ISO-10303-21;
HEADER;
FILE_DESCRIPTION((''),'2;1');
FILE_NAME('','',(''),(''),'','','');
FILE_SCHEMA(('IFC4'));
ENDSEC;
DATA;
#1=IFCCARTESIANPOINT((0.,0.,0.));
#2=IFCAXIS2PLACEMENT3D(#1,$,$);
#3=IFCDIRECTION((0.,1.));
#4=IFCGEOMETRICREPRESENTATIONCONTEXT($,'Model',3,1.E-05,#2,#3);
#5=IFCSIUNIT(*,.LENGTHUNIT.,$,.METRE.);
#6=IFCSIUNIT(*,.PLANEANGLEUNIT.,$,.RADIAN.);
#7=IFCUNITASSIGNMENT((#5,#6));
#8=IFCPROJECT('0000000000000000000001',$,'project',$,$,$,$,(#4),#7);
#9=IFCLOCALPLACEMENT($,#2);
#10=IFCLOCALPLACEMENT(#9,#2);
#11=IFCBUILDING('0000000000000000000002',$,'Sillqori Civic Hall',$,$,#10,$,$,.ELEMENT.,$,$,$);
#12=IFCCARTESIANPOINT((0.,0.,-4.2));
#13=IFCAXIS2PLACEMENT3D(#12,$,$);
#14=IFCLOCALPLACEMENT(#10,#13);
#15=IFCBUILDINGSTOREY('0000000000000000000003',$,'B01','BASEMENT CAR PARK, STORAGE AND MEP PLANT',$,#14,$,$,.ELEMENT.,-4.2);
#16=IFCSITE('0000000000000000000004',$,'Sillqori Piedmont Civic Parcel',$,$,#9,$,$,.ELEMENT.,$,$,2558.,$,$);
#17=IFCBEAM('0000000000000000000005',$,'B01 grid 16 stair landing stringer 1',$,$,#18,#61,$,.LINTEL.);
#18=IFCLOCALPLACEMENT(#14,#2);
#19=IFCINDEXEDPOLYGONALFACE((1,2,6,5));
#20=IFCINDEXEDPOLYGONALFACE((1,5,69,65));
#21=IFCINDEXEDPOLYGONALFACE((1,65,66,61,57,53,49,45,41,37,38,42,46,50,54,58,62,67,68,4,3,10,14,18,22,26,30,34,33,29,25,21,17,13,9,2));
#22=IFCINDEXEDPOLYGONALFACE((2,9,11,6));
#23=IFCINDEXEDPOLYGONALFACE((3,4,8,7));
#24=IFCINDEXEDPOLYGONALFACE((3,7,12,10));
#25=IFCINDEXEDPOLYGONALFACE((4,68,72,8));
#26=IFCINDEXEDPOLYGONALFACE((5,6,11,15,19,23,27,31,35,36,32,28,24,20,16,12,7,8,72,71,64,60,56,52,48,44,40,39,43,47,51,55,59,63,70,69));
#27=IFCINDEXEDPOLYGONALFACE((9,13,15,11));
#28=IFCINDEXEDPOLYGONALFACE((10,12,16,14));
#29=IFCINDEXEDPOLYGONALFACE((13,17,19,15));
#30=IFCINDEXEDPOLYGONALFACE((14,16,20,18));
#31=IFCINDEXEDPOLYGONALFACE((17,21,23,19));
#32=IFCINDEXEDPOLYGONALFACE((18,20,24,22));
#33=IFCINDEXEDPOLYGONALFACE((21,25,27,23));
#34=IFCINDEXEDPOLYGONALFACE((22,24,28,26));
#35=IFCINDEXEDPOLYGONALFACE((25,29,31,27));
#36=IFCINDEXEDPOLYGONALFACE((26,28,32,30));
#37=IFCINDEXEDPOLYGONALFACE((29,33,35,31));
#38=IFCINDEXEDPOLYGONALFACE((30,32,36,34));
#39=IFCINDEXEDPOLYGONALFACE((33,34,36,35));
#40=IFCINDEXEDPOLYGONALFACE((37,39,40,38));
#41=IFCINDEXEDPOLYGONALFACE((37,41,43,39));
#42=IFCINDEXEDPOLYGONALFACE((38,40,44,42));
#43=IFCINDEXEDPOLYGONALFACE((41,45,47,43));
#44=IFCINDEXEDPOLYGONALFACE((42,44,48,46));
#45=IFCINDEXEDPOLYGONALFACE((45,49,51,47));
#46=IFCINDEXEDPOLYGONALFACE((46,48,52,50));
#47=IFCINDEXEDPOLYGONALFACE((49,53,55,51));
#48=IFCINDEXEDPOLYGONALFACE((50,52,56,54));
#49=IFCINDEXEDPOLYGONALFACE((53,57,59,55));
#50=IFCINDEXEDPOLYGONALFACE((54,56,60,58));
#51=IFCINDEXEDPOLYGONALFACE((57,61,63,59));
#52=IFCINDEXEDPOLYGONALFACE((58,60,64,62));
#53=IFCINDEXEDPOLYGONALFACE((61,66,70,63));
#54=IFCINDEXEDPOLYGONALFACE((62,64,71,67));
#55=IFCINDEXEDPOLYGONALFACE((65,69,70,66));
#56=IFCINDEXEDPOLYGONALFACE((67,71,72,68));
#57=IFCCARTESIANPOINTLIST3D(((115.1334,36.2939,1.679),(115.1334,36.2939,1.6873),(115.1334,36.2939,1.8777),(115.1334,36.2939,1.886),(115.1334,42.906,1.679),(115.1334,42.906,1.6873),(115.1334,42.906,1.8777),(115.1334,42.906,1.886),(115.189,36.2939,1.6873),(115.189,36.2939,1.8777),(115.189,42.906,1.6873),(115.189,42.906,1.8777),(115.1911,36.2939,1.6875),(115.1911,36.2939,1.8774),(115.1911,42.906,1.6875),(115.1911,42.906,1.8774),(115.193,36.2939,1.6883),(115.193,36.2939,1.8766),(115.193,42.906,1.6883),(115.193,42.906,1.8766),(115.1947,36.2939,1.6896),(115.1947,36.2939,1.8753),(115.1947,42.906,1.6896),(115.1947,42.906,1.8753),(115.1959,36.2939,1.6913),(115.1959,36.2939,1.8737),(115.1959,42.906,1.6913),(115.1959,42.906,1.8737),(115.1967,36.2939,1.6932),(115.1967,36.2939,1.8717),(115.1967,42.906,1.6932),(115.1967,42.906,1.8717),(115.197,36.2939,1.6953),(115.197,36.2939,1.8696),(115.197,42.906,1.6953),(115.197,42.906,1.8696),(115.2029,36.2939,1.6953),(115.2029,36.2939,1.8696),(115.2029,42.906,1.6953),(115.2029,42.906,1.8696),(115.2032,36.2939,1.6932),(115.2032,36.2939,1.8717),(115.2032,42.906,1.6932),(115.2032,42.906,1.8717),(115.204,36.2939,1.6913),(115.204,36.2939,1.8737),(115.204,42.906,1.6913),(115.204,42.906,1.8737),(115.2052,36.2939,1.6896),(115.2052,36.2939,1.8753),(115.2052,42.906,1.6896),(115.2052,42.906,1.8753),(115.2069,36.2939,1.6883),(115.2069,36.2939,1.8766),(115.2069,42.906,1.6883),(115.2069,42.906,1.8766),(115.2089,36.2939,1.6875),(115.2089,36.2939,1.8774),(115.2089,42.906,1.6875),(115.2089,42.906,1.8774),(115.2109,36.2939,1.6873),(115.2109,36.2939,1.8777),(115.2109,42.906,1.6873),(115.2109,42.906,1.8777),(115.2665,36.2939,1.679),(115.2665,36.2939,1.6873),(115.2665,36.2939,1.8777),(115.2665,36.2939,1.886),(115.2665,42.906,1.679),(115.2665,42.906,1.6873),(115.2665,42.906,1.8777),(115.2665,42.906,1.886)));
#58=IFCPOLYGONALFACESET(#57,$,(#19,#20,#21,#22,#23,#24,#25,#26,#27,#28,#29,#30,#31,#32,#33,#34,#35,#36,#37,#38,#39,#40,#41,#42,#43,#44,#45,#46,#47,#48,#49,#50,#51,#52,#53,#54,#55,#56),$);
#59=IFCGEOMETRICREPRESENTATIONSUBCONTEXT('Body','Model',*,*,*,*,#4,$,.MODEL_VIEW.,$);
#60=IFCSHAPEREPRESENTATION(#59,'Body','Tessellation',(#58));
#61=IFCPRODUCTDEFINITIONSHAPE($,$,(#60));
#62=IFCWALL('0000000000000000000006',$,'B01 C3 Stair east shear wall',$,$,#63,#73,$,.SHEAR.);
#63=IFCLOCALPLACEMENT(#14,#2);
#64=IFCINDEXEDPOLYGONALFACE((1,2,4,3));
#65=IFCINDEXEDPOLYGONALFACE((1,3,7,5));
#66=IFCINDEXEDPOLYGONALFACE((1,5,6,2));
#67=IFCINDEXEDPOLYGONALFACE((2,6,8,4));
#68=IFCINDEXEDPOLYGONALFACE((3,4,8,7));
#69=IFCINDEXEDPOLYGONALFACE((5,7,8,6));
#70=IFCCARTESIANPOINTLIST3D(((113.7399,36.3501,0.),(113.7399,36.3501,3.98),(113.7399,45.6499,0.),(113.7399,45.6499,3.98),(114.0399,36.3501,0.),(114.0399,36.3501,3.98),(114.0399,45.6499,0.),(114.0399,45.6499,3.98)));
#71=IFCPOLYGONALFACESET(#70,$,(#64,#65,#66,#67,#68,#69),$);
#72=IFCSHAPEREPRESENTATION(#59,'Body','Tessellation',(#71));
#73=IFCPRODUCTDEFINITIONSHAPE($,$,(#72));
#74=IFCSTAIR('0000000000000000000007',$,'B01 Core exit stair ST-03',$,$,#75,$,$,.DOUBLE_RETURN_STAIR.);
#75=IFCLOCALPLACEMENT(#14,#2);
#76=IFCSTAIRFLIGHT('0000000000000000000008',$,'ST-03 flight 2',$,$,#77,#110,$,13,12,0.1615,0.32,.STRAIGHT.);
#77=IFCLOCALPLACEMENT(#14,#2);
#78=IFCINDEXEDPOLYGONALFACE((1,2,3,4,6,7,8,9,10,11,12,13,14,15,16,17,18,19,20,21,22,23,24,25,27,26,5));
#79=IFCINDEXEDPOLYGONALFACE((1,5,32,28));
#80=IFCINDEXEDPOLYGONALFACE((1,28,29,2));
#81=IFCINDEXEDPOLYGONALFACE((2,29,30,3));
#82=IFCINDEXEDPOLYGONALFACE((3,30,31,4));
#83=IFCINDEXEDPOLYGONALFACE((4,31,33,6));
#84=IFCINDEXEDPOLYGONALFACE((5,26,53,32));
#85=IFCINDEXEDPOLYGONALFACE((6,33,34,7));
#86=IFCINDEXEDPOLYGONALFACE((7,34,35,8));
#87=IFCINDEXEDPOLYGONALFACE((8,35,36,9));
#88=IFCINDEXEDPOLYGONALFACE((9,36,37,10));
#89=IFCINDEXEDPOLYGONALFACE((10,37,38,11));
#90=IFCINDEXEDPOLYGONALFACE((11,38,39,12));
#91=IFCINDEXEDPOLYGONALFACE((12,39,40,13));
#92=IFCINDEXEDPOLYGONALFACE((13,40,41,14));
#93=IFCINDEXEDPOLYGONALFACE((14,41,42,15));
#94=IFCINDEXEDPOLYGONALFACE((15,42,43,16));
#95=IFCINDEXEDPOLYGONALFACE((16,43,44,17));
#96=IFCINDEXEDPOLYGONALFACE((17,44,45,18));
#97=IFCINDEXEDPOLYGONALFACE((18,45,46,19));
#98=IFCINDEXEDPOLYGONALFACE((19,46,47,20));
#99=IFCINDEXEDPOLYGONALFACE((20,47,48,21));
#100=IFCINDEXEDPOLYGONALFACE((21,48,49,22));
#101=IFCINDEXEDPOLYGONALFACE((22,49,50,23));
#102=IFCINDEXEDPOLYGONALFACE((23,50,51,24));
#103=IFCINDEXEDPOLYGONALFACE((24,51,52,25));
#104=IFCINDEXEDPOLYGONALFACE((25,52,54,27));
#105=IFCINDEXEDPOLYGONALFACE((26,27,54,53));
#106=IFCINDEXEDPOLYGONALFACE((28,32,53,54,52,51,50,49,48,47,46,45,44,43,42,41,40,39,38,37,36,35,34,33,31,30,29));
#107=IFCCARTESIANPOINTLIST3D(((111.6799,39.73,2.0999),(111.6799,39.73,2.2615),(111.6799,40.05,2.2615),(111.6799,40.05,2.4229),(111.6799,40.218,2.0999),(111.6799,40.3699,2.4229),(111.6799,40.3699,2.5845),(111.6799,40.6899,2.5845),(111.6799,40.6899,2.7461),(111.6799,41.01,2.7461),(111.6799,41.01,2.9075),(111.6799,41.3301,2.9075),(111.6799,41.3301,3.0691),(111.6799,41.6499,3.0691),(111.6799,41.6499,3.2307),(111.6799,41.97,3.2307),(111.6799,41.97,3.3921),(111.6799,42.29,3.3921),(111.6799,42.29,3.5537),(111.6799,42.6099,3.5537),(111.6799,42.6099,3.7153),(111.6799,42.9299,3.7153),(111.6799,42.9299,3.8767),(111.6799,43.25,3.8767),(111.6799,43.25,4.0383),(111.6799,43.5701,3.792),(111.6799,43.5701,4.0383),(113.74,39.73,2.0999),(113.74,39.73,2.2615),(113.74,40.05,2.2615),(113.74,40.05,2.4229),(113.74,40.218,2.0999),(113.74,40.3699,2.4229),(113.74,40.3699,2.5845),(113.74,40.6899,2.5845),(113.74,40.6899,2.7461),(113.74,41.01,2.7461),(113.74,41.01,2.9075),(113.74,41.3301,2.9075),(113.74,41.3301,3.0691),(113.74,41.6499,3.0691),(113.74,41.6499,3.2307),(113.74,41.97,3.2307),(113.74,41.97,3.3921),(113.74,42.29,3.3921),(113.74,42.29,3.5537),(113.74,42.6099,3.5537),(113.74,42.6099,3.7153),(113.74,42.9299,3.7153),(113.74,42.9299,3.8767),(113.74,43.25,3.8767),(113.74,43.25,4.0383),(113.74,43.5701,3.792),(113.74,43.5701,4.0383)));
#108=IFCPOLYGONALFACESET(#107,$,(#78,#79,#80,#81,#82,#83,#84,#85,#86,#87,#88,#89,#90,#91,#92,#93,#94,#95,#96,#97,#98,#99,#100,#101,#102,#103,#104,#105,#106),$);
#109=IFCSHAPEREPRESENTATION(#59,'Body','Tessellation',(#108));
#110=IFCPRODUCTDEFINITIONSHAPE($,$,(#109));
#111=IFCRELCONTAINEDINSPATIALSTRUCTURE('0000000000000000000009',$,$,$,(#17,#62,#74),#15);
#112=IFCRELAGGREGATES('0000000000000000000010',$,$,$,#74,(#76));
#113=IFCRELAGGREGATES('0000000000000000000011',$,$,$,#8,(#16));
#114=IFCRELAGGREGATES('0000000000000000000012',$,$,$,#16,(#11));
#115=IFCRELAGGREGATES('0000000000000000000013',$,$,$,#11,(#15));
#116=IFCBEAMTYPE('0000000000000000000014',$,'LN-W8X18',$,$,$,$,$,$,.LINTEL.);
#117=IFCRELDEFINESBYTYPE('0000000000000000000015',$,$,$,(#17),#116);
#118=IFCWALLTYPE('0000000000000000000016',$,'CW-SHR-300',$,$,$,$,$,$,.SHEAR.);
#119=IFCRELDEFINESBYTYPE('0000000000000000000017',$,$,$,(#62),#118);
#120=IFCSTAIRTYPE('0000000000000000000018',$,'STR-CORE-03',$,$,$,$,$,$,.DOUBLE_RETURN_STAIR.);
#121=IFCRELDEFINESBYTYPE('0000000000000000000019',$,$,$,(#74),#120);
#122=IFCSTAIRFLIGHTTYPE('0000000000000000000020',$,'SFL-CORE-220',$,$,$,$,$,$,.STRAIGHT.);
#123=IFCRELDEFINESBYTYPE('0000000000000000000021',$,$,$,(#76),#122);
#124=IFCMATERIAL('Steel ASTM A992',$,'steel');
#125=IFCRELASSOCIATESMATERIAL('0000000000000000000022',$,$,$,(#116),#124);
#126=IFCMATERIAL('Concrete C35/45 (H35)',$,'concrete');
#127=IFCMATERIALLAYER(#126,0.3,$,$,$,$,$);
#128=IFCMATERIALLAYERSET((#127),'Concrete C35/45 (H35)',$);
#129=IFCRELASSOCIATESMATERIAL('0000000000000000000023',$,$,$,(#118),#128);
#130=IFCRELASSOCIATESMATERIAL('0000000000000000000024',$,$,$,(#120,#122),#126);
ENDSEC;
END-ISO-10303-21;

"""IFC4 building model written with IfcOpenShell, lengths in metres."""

from ifc_helpers import new_model, si_unit, direction, frame, frame_2d, origin, origin_2d, place, context, subcontext, project, spatial, polyline, rectangle, i_section, outline, extrude, material, layer, layer_set, material_profile, profile_set, type_object, element, aggregate, save


model = new_model("IFC4")

# Units and contexts
model_context = context("Model", 3, precision=1e-05, world=origin(), true_north=direction((0.0, 1.0)))
body_context = subcontext(model_context, "Body", "Model", "MODEL_VIEW")
ifc_project = project(units=[si_unit("LENGTHUNIT", "METRE"), si_unit("PLANEANGLEUNIT", "RADIAN")], contexts=[model_context])

# Site, building, storey
site_placement = place(None, origin())
site = spatial("IfcSite", under=ifc_project, at=site_placement, Name="Sillqori Piedmont Civic Parcel", CompositionType="ELEMENT", RefElevation=2558.0)
building_placement = place(site_placement, origin())
building = spatial("IfcBuilding", under=site, at=building_placement, Name="Sillqori Civic Hall", CompositionType="ELEMENT")
storey_placement = place(building_placement, frame((0.0, 0.0, -4.2)))
storey = spatial("IfcBuildingStorey", under=building, at=storey_placement, Name="B01", Description="BASEMENT CAR PARK, STORAGE AND MEP PLANT", CompositionType="ELEMENT", Elevation=-4.2)

# Shared definitions
ifc_material_1 = material(Name="Concrete C35/45 (H35)", Category="concrete")

# Beam
ifc_material_2 = material(Name="Steel ASTM A992", Category="steel")
ifc_material_profile_1 = material_profile(ifc_material_2, i_section(OverallWidth=0.1331, OverallDepth=0.207, WebThickness=0.0059, FlangeThickness=0.0083, FilletRadius=0.0081, at=origin_2d()), Name="W8X18")
ifc_profile_set_1 = profile_set([ifc_material_profile_1], Name="Steel ASTM A992")
beam_type_1 = type_object("IfcBeamType", Name="LN-W8X18", PredefinedType="LINTEL", material=ifc_profile_set_1)
beam_1_placement = place(storey_placement, frame((115.2, 36.2939, 1.7825), z_axis=(0.0, 1.0, 0.0), x_axis=(-1.0, 0.0, 0.0)))
element("IfcBeam", 1, at=beam_1_placement, inside=storey, type_object=beam_type_1, Name="B01 grid 16 stair landing stringer 1", PredefinedType="LINTEL", context=body_context, shape_type="SweptSolid", body=[
    extrude(i_section(OverallWidth=0.1331, OverallDepth=0.207, WebThickness=0.0059, FlangeThickness=0.0083, FilletRadius=0.0081, at=origin_2d()), origin(), (0.0, 0.0, 1.0), 6.6121),
])

# Wall
ifc_layer_1 = layer(ifc_material_1, 0.3)
ifc_layer_set_1 = layer_set([ifc_layer_1], Name="Concrete C35/45 (H35)")
wall_type = type_object("IfcWallType", Name="CW-SHR-300", PredefinedType="SHEAR", material=ifc_layer_set_1)
wall_placement = place(storey_placement, frame((113.8899, 36.3501, 0.0), z_axis=(0.0, 0.0, 1.0), x_axis=(0.0, 1.0, 0.0)))
element("IfcWall", 2, at=wall_placement, inside=storey, type_object=wall_type, Name="B01 C3 Stair east shear wall", PredefinedType="SHEAR", context=body_context, shape_type="SweptSolid", body=[
    extrude(rectangle(XDim=9.2998, YDim=0.3, at=frame_2d((4.6499, 0.0))), origin(), (0.0, 0.0, 1.0), 3.98),
])

# Stair, stair flight
stair_type = type_object("IfcStairType", Name="STR-CORE-03", PredefinedType="DOUBLE_RETURN_STAIR", material=ifc_material_1)
stair_placement = place(storey_placement, origin())
stair = element("IfcStair", 3, at=stair_placement, inside=storey, type_object=stair_type, Name="B01 Core exit stair ST-03", PredefinedType="DOUBLE_RETURN_STAIR")
stair_flight_type = type_object("IfcStairFlightType", Name="SFL-CORE-220", PredefinedType="STRAIGHT", material=ifc_material_1)
stair_flight_placement = place(storey_placement, frame((112.71, 39.73, 2.0999), z_axis=(0.0, 0.0, 1.0), x_axis=(0.0, 1.0, 0.0)))
stair_flight = element("IfcStairFlight", 4, at=stair_flight_placement, type_object=stair_flight_type, Name="ST-03 flight 2", NumberOfRisers=13, NumberOfTreads=12, PredefinedType="STRAIGHT", RiserHeight=0.1615, TreadLength=0.32, context=body_context, shape_type="SweptSolid", body=[
    extrude(outline(polyline([(0.0, 0.0), (0.0, 0.1616), (0.3201, 0.1616), (0.3201, 0.323), (0.6399, 0.323), (0.6399, 0.4846), (0.96, 0.4846), (0.96, 0.6462), (1.28, 0.6462), (1.28, 0.8076), (1.6001, 0.8076), (1.6001, 0.9692), (1.9199, 0.9692), (1.9199, 1.1309), (2.24, 1.1309), (2.24, 1.2922), (2.5601, 1.2922), (2.5601, 1.4539), (2.8799, 1.4539), (2.8799, 1.6155), (3.2, 1.6155), (3.2, 1.7769), (3.52, 1.7769), (3.52, 1.9385), (3.8401, 1.9385), (3.8401, 2.1001), (3.8401, 1.6921), (0.488, 0.0), (0.0, 0.0)])), frame((0.0, 1.03, 0.0), z_axis=(0.0, -1.0, 0.0), x_axis=(1.0, 0.0, 0.0)), (0.0, 0.0, 1.0), 2.0601),
])
aggregate(stair, [stair_flight])

save(model, "model.ifc")
